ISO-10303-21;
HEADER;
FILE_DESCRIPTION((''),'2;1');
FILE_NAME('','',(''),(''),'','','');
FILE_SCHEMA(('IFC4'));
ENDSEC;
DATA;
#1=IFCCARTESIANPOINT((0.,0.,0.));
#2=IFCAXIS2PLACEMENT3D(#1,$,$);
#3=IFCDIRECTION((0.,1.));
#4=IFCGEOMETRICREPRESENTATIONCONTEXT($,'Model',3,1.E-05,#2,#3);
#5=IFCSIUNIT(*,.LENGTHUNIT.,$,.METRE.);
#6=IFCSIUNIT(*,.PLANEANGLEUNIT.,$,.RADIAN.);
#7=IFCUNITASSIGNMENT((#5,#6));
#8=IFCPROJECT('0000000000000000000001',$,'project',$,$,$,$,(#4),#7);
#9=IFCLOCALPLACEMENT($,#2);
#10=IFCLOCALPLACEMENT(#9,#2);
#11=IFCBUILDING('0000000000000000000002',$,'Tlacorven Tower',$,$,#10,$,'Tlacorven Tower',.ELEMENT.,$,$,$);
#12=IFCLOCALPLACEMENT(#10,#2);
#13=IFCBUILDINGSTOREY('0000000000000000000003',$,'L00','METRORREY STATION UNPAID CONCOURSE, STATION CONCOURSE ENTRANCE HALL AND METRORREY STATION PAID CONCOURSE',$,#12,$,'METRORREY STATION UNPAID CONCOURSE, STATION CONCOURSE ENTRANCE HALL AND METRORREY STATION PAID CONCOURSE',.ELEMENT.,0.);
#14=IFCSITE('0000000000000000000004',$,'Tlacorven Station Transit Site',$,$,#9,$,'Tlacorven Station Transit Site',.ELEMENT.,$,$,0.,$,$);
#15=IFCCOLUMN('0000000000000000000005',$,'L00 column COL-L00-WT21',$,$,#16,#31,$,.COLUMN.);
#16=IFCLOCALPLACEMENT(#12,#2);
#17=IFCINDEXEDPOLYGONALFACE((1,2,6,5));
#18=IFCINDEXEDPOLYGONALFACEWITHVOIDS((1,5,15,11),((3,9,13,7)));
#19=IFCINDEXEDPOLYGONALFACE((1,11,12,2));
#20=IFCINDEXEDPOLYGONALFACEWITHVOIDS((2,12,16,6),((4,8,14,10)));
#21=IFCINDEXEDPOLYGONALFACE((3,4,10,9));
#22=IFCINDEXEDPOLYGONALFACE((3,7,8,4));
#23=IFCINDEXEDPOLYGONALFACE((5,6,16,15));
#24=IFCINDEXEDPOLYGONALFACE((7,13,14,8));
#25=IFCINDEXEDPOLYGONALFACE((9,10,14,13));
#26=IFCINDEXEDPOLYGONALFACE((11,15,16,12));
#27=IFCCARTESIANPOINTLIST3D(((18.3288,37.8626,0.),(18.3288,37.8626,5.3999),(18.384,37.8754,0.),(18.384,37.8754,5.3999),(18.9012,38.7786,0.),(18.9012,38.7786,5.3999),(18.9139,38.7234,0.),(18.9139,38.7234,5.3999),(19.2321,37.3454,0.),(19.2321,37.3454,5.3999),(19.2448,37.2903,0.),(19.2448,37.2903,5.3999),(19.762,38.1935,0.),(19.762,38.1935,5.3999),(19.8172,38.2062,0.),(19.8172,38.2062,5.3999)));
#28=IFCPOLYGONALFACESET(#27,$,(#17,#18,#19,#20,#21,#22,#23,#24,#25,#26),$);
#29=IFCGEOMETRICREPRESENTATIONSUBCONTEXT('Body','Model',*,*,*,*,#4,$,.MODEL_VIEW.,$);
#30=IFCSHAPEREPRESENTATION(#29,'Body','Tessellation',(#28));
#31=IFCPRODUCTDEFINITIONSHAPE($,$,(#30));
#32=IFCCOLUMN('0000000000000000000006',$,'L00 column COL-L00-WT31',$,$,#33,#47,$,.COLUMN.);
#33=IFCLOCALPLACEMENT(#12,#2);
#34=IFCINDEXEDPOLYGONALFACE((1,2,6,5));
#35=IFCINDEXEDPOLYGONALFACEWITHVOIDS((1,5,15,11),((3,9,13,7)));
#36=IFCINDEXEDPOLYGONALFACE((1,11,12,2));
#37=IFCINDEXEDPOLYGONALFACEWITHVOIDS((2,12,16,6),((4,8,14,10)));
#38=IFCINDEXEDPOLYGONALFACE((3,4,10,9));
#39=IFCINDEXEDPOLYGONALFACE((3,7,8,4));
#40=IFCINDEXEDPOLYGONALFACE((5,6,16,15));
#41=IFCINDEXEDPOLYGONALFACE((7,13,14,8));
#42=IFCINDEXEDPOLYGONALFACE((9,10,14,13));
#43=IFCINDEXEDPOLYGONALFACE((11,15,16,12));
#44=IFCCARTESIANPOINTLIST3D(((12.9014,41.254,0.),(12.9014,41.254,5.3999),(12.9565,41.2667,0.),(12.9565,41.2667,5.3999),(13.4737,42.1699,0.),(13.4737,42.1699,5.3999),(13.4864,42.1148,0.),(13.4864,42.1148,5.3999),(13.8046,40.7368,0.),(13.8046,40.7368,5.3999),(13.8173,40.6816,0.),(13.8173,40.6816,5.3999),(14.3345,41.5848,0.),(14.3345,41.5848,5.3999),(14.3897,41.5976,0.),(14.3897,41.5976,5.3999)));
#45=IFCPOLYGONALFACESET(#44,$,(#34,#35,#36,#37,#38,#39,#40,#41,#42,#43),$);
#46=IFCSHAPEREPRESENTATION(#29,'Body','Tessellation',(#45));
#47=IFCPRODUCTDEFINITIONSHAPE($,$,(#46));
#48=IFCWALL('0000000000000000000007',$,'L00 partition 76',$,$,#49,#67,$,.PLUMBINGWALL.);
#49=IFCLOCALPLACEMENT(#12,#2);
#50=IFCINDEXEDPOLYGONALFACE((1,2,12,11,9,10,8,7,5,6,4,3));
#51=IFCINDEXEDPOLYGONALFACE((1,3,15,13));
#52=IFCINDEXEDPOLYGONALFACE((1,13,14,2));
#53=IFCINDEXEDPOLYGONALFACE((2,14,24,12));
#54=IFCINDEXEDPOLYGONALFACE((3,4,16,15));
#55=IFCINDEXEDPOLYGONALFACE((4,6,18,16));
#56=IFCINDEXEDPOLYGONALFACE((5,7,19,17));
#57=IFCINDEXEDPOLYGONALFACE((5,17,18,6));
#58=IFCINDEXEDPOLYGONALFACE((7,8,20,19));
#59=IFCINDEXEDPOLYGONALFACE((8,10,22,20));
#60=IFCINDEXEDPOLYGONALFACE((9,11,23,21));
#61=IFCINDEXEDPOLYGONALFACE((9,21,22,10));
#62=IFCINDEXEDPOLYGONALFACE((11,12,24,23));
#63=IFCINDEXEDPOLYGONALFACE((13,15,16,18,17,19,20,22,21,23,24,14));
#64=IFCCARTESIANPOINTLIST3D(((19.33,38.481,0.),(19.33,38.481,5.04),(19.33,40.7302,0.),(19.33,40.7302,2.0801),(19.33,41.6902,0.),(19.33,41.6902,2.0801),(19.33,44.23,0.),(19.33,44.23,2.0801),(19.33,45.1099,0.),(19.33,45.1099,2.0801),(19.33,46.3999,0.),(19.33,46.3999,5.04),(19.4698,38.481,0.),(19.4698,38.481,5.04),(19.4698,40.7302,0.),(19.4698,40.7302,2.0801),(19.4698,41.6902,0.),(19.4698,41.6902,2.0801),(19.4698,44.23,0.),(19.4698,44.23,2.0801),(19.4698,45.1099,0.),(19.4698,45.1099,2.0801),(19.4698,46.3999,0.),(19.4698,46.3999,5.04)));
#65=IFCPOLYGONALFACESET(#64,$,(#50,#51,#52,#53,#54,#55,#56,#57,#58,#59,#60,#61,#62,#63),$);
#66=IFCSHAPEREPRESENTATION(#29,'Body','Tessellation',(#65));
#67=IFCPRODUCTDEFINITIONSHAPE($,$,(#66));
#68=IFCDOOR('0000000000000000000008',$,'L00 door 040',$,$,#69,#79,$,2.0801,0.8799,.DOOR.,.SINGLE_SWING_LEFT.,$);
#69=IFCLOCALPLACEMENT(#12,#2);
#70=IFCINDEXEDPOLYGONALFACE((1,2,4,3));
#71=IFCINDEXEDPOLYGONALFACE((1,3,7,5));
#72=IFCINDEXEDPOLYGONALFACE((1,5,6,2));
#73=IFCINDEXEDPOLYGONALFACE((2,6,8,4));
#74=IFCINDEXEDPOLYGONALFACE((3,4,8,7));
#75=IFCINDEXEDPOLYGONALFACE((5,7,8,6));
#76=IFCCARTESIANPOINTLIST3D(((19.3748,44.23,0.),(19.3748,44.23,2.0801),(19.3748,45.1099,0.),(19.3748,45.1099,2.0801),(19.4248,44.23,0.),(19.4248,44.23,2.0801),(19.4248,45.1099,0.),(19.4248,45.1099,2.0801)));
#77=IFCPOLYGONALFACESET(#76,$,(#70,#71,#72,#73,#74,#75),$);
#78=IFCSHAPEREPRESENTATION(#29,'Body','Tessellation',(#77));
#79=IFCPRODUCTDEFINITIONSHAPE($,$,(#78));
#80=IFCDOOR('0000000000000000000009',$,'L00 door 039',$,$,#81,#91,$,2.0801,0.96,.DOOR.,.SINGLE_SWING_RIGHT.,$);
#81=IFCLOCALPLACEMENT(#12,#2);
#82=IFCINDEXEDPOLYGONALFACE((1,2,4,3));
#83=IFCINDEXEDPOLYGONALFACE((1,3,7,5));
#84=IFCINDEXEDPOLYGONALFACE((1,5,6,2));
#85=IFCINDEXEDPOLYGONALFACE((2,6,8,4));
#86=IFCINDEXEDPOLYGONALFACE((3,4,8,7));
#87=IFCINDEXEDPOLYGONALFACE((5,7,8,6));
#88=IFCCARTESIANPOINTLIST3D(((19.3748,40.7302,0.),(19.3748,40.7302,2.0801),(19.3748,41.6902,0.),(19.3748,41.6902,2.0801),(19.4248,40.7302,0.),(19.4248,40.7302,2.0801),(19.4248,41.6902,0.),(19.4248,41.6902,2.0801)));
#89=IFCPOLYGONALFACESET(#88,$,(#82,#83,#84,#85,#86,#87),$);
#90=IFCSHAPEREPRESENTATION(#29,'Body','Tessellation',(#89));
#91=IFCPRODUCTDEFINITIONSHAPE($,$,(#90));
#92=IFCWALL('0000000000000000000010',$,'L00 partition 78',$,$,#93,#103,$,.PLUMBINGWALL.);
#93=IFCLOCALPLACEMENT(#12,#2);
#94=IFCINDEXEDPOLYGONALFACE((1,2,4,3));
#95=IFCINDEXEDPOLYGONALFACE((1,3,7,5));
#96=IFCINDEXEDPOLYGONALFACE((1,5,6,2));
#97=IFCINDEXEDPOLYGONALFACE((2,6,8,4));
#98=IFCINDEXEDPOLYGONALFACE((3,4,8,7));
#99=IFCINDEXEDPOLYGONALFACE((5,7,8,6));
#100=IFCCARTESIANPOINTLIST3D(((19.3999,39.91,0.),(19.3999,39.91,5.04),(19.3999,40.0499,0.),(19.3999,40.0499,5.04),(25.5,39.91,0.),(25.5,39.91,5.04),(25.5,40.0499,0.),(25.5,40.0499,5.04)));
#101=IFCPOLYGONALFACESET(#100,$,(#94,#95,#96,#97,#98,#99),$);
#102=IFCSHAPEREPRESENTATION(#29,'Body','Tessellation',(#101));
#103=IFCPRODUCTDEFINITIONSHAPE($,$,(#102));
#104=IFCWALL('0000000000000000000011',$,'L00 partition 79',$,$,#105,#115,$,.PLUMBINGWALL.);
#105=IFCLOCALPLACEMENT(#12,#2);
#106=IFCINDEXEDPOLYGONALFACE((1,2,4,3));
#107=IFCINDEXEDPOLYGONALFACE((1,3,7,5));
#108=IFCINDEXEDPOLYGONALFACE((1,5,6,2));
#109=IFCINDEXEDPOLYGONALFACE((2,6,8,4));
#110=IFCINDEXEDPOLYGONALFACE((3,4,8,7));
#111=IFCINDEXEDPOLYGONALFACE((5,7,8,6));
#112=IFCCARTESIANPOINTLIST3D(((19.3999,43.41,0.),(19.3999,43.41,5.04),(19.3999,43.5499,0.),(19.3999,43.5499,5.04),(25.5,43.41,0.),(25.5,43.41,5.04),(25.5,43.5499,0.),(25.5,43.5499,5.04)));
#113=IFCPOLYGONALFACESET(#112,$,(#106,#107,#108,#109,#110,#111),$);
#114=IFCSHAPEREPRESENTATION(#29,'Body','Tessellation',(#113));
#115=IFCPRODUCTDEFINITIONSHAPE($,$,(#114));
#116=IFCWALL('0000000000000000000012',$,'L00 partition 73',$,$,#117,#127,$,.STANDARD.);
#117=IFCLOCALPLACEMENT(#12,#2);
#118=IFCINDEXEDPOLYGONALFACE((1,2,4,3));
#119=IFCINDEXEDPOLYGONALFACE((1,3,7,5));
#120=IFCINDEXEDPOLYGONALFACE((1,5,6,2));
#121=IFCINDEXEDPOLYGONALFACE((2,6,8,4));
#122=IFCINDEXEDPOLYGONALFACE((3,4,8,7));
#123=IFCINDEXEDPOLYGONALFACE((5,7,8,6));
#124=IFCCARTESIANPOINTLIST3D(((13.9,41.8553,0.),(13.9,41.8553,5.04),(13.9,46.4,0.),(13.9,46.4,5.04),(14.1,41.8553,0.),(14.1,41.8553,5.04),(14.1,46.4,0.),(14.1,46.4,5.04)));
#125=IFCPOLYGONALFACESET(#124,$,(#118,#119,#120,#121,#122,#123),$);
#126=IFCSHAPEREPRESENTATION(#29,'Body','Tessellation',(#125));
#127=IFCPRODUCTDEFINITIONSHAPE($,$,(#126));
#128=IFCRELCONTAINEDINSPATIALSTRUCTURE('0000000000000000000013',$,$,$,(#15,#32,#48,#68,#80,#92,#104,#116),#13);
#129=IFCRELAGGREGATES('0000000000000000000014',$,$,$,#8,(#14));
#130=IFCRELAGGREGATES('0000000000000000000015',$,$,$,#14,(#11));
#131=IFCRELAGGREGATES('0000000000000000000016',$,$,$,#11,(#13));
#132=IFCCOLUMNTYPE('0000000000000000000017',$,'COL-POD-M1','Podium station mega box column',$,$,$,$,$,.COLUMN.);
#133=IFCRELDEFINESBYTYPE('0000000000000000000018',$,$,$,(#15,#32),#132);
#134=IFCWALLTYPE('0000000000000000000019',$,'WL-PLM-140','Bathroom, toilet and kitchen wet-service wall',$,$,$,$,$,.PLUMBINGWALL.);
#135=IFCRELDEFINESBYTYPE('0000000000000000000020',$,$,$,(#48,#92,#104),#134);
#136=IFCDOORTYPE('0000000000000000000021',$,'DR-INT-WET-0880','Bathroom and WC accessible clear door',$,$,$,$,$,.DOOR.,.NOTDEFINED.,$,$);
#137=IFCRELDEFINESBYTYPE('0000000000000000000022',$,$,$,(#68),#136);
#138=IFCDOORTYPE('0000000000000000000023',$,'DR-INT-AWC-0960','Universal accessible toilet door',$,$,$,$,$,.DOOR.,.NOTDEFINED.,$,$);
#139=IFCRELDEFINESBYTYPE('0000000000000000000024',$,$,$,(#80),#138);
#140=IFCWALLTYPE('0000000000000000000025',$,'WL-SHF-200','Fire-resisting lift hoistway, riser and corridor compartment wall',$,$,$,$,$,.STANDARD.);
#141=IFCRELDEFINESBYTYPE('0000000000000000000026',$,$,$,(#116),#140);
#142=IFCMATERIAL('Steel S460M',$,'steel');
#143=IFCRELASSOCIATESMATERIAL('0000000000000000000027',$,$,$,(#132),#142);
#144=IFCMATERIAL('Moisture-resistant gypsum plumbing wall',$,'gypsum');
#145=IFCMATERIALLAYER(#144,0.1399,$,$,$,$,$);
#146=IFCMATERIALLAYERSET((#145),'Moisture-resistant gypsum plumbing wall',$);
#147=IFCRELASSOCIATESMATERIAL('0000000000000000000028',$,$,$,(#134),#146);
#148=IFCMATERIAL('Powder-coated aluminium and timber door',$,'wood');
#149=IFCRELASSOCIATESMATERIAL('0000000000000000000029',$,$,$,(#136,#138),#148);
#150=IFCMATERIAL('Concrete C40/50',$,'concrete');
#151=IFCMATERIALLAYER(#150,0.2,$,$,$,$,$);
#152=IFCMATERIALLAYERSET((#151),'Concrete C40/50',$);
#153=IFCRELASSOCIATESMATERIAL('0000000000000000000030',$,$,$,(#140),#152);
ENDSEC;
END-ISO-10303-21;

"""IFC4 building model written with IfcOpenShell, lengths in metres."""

from ifc_helpers import new_model, si_unit, direction, frame, frame_2d, origin, origin_2d, place, context, subcontext, project, spatial, rectangle, hollow_rectangle, extrude, source, transform, mapped, material, layer, layer_set, material_profile, profile_set, type_object, element, fill, save


model = new_model("IFC4")

# Units and contexts
model_context = context("Model", 3, precision=1e-05, world=origin(), true_north=direction((0.0, 1.0)))
body_context = subcontext(model_context, "Body", "Model", "MODEL_VIEW")
ifc_project = project(units=[si_unit("LENGTHUNIT", "METRE"), si_unit("PLANEANGLEUNIT", "RADIAN")], contexts=[model_context])

# Site, building, storey
site_placement = place(None, origin())
site = spatial("IfcSite", under=ifc_project, at=site_placement, Name="Tlacorven Station Transit Site", LongName="Tlacorven Station Transit Site", CompositionType="ELEMENT", RefElevation=0.0)
building_placement = place(site_placement, origin())
building = spatial("IfcBuilding", under=site, at=building_placement, Name="Tlacorven Tower", LongName="Tlacorven Tower", CompositionType="ELEMENT")
storey_placement = place(building_placement, origin())
storey = spatial("IfcBuildingStorey", under=building, at=storey_placement, Name="L00", Description="METRORREY STATION UNPAID CONCOURSE, STATION CONCOURSE ENTRANCE HALL AND METRORREY STATION PAID CONCOURSE", LongName="METRORREY STATION UNPAID CONCOURSE, STATION CONCOURSE ENTRANCE HALL AND METRORREY STATION PAID CONCOURSE", CompositionType="ELEMENT", Elevation=0.0)

# Columns
ifc_material_1 = material(Name="Steel S460M", Category="steel")
ifc_material_profile = material_profile(ifc_material_1, hollow_rectangle(XDim=1.0801, YDim=1.0801, WallThickness=0.04, at=origin_2d()), Name="BOX 1080X1080X40")
ifc_profile_set = profile_set([ifc_material_profile], Name="Steel S460M")
column_type = type_object("IfcColumnType", Name="COL-POD-M1", Description="Podium station mega box column", PredefinedType="COLUMN", material=ifc_profile_set)
shared_shape_1 = source(origin(), body_context, "Body", "SweptSolid", [
    extrude(hollow_rectangle(XDim=1.0801, YDim=1.0801, WallThickness=0.04, at=origin_2d()), origin(), (0.0, 0.0, 1.0), 5.3999),
])
for number, where, z_axis, x_axis, name in (
    (1, (19.073, 38.0344, 0.0), (0.0, 0.0, 1.0), (-0.848048, 0.529919, 0.0), "L00 column COL-L00-WT21"),
    (2, (13.6455, 41.4258, 0.0), (0.0, 0.0, 1.0), (-0.848048, 0.529919, 0.0), "L00 column COL-L00-WT31"),
):
    element("IfcColumn", number, at=place(storey_placement, frame(where, z_axis=z_axis, x_axis=x_axis)), inside=storey, type_object=column_type, Name=name, PredefinedType="COLUMN", context=body_context, shape_type="MappedRepresentation", body=[
        mapped(shared_shape_1, transform((0.0, 0.0, 0.0), scale=1.0)),
    ])

# Wall, openings, doors
ifc_material_2 = material(Name="Moisture-resistant gypsum plumbing wall", Category="gypsum")
ifc_layer_1 = layer(ifc_material_2, 0.1399)
ifc_layer_set_1 = layer_set([ifc_layer_1], Name="Moisture-resistant gypsum plumbing wall")
wall_type_1 = type_object("IfcWallType", Name="WL-PLM-140", Description="Bathroom, toilet and kitchen wet-service wall", PredefinedType="PLUMBINGWALL", material=ifc_layer_set_1)
wall_1_placement = place(storey_placement, frame((19.3999, 38.481, 0.0), z_axis=(0.0, 0.0, 1.0), x_axis=(0.0, 1.0, 0.0)))
wall_1 = element("IfcWall", 3, at=wall_1_placement, inside=storey, type_object=wall_type_1, Name="L00 partition 76", PredefinedType="PLUMBINGWALL", context=body_context, shape_type="SweptSolid", body=[
    extrude(rectangle(XDim=7.9189, YDim=0.1399, at=frame_2d((3.9595, 0.0))), origin(), (0.0, 0.0, 1.0), 5.04),
])
opening_1_placement = place(wall_1_placement, frame((2.2493, 0.0, 0.0)))
opening_1 = element("IfcOpeningElement", 4, at=opening_1_placement, cuts=wall_1, PredefinedType="OPENING", context=body_context, shape_type="SweptSolid", body=[
    extrude(rectangle(XDim=0.96, YDim=2.0801, at=frame_2d((0.48, 1.04))), frame((0.0, 0.0801, 0.0), z_axis=(0.0, -1.0, 0.0), x_axis=(1.0, 0.0, 0.0)), (0.0, 0.0, 1.0), 0.1599),
])
opening_2_placement = place(wall_1_placement, frame((5.749, 0.0, 0.0)))
opening_2 = element("IfcOpeningElement", 5, at=opening_2_placement, cuts=wall_1, PredefinedType="OPENING", context=body_context, shape_type="SweptSolid", body=[
    extrude(rectangle(XDim=0.8799, YDim=2.0801, at=frame_2d((0.4399, 1.04))), frame((0.0, 0.0801, 0.0), z_axis=(0.0, -1.0, 0.0), x_axis=(1.0, 0.0, 0.0)), (0.0, 0.0, 1.0), 0.1599),
])
ifc_material_3 = material(Name="Powder-coated aluminium and timber door", Category="wood")
door_type_1 = type_object("IfcDoorType", Name="DR-INT-WET-0880", Description="Bathroom and WC accessible clear door", OperationType="NOTDEFINED", PredefinedType="DOOR", material=ifc_material_3)
shared_shape_2 = source(origin(), body_context, "Body", "SweptSolid", [
    extrude(rectangle(XDim=0.8799, YDim=2.0801, at=frame_2d((0.4399, 1.04))), frame((0.0, 0.0249, 0.0), z_axis=(0.0, -1.0, 0.0), x_axis=(1.0, 0.0, 0.0)), (0.0, 0.0, 1.0), 0.05),
])
door_1_placement = place(opening_2_placement, frame((0.8799, 0.0, 0.0), z_axis=(0.0, 0.0, 1.0), x_axis=(-1.0, 0.0, 0.0)))
door_1 = element("IfcDoor", 6, at=door_1_placement, inside=storey, type_object=door_type_1, Name="L00 door 040", OperationType="SINGLE_SWING_LEFT", OverallHeight=2.0801, OverallWidth=0.8799, PredefinedType="DOOR", context=body_context, shape_type="MappedRepresentation", body=[
    mapped(shared_shape_2, transform((0.0, 0.0, 0.0), scale=1.0)),
])
fill(opening_2, door_1)
door_type_2 = type_object("IfcDoorType", Name="DR-INT-AWC-0960", Description="Universal accessible toilet door", OperationType="NOTDEFINED", PredefinedType="DOOR", material=ifc_material_3)
shared_shape_3 = source(origin(), body_context, "Body", "SweptSolid", [
    extrude(rectangle(XDim=0.96, YDim=2.0801, at=frame_2d((0.48, 1.04))), frame((0.0, 0.0249, 0.0), z_axis=(0.0, -1.0, 0.0), x_axis=(1.0, 0.0, 0.0)), (0.0, 0.0, 1.0), 0.05),
])
door_2_placement = place(opening_1_placement, frame((0.96, 0.0, 0.0), z_axis=(0.0, 0.0, 1.0), x_axis=(-1.0, 0.0, 0.0)))
door_2 = element("IfcDoor", 7, at=door_2_placement, inside=storey, type_object=door_type_2, Name="L00 door 039", OperationType="SINGLE_SWING_RIGHT", OverallHeight=2.0801, OverallWidth=0.96, PredefinedType="DOOR", context=body_context, shape_type="MappedRepresentation", body=[
    mapped(shared_shape_3, transform((0.0, 0.0, 0.0), scale=1.0)),
])
fill(opening_1, door_2)

# Walls
for number, where, z_axis, x_axis, name in (
    (8, (19.3999, 39.98, 0.0), (0.0, 0.0, 1.0), (1.0, 0.0, 0.0), "L00 partition 78"),
    (9, (19.3999, 43.48, 0.0), (0.0, 0.0, 1.0), (1.0, 0.0, 0.0), "L00 partition 79"),
):
    element("IfcWall", number, at=place(storey_placement, frame(where, z_axis=z_axis, x_axis=x_axis)), inside=storey, type_object=wall_type_1, Name=name, PredefinedType="PLUMBINGWALL", context=body_context, shape_type="SweptSolid", body=[
        extrude(rectangle(XDim=6.1001, YDim=0.1399, at=frame_2d((3.05, 0.0))), origin(), (0.0, 0.0, 1.0), 5.04),
    ])
ifc_material_4 = material(Name="Concrete C40/50", Category="concrete")
ifc_layer_2 = layer(ifc_material_4, 0.2)
ifc_layer_set_2 = layer_set([ifc_layer_2], Name="Concrete C40/50")
wall_type_2 = type_object("IfcWallType", Name="WL-SHF-200", Description="Fire-resisting lift hoistway, riser and corridor compartment wall", PredefinedType="STANDARD", material=ifc_layer_set_2)
wall_2_placement = place(storey_placement, frame((14.0, 41.8552, 0.0), z_axis=(0.0, 0.0, 1.0), x_axis=(0.0, 1.0, 0.0)))
element("IfcWall", 10, at=wall_2_placement, inside=storey, type_object=wall_type_2, Name="L00 partition 73", PredefinedType="STANDARD", context=body_context, shape_type="SweptSolid", body=[
    extrude(rectangle(XDim=4.5447, YDim=0.2, at=frame_2d((2.2725, 0.0))), origin(), (0.0, 0.0, 1.0), 5.04),
])

save(model, "model.ifc")
